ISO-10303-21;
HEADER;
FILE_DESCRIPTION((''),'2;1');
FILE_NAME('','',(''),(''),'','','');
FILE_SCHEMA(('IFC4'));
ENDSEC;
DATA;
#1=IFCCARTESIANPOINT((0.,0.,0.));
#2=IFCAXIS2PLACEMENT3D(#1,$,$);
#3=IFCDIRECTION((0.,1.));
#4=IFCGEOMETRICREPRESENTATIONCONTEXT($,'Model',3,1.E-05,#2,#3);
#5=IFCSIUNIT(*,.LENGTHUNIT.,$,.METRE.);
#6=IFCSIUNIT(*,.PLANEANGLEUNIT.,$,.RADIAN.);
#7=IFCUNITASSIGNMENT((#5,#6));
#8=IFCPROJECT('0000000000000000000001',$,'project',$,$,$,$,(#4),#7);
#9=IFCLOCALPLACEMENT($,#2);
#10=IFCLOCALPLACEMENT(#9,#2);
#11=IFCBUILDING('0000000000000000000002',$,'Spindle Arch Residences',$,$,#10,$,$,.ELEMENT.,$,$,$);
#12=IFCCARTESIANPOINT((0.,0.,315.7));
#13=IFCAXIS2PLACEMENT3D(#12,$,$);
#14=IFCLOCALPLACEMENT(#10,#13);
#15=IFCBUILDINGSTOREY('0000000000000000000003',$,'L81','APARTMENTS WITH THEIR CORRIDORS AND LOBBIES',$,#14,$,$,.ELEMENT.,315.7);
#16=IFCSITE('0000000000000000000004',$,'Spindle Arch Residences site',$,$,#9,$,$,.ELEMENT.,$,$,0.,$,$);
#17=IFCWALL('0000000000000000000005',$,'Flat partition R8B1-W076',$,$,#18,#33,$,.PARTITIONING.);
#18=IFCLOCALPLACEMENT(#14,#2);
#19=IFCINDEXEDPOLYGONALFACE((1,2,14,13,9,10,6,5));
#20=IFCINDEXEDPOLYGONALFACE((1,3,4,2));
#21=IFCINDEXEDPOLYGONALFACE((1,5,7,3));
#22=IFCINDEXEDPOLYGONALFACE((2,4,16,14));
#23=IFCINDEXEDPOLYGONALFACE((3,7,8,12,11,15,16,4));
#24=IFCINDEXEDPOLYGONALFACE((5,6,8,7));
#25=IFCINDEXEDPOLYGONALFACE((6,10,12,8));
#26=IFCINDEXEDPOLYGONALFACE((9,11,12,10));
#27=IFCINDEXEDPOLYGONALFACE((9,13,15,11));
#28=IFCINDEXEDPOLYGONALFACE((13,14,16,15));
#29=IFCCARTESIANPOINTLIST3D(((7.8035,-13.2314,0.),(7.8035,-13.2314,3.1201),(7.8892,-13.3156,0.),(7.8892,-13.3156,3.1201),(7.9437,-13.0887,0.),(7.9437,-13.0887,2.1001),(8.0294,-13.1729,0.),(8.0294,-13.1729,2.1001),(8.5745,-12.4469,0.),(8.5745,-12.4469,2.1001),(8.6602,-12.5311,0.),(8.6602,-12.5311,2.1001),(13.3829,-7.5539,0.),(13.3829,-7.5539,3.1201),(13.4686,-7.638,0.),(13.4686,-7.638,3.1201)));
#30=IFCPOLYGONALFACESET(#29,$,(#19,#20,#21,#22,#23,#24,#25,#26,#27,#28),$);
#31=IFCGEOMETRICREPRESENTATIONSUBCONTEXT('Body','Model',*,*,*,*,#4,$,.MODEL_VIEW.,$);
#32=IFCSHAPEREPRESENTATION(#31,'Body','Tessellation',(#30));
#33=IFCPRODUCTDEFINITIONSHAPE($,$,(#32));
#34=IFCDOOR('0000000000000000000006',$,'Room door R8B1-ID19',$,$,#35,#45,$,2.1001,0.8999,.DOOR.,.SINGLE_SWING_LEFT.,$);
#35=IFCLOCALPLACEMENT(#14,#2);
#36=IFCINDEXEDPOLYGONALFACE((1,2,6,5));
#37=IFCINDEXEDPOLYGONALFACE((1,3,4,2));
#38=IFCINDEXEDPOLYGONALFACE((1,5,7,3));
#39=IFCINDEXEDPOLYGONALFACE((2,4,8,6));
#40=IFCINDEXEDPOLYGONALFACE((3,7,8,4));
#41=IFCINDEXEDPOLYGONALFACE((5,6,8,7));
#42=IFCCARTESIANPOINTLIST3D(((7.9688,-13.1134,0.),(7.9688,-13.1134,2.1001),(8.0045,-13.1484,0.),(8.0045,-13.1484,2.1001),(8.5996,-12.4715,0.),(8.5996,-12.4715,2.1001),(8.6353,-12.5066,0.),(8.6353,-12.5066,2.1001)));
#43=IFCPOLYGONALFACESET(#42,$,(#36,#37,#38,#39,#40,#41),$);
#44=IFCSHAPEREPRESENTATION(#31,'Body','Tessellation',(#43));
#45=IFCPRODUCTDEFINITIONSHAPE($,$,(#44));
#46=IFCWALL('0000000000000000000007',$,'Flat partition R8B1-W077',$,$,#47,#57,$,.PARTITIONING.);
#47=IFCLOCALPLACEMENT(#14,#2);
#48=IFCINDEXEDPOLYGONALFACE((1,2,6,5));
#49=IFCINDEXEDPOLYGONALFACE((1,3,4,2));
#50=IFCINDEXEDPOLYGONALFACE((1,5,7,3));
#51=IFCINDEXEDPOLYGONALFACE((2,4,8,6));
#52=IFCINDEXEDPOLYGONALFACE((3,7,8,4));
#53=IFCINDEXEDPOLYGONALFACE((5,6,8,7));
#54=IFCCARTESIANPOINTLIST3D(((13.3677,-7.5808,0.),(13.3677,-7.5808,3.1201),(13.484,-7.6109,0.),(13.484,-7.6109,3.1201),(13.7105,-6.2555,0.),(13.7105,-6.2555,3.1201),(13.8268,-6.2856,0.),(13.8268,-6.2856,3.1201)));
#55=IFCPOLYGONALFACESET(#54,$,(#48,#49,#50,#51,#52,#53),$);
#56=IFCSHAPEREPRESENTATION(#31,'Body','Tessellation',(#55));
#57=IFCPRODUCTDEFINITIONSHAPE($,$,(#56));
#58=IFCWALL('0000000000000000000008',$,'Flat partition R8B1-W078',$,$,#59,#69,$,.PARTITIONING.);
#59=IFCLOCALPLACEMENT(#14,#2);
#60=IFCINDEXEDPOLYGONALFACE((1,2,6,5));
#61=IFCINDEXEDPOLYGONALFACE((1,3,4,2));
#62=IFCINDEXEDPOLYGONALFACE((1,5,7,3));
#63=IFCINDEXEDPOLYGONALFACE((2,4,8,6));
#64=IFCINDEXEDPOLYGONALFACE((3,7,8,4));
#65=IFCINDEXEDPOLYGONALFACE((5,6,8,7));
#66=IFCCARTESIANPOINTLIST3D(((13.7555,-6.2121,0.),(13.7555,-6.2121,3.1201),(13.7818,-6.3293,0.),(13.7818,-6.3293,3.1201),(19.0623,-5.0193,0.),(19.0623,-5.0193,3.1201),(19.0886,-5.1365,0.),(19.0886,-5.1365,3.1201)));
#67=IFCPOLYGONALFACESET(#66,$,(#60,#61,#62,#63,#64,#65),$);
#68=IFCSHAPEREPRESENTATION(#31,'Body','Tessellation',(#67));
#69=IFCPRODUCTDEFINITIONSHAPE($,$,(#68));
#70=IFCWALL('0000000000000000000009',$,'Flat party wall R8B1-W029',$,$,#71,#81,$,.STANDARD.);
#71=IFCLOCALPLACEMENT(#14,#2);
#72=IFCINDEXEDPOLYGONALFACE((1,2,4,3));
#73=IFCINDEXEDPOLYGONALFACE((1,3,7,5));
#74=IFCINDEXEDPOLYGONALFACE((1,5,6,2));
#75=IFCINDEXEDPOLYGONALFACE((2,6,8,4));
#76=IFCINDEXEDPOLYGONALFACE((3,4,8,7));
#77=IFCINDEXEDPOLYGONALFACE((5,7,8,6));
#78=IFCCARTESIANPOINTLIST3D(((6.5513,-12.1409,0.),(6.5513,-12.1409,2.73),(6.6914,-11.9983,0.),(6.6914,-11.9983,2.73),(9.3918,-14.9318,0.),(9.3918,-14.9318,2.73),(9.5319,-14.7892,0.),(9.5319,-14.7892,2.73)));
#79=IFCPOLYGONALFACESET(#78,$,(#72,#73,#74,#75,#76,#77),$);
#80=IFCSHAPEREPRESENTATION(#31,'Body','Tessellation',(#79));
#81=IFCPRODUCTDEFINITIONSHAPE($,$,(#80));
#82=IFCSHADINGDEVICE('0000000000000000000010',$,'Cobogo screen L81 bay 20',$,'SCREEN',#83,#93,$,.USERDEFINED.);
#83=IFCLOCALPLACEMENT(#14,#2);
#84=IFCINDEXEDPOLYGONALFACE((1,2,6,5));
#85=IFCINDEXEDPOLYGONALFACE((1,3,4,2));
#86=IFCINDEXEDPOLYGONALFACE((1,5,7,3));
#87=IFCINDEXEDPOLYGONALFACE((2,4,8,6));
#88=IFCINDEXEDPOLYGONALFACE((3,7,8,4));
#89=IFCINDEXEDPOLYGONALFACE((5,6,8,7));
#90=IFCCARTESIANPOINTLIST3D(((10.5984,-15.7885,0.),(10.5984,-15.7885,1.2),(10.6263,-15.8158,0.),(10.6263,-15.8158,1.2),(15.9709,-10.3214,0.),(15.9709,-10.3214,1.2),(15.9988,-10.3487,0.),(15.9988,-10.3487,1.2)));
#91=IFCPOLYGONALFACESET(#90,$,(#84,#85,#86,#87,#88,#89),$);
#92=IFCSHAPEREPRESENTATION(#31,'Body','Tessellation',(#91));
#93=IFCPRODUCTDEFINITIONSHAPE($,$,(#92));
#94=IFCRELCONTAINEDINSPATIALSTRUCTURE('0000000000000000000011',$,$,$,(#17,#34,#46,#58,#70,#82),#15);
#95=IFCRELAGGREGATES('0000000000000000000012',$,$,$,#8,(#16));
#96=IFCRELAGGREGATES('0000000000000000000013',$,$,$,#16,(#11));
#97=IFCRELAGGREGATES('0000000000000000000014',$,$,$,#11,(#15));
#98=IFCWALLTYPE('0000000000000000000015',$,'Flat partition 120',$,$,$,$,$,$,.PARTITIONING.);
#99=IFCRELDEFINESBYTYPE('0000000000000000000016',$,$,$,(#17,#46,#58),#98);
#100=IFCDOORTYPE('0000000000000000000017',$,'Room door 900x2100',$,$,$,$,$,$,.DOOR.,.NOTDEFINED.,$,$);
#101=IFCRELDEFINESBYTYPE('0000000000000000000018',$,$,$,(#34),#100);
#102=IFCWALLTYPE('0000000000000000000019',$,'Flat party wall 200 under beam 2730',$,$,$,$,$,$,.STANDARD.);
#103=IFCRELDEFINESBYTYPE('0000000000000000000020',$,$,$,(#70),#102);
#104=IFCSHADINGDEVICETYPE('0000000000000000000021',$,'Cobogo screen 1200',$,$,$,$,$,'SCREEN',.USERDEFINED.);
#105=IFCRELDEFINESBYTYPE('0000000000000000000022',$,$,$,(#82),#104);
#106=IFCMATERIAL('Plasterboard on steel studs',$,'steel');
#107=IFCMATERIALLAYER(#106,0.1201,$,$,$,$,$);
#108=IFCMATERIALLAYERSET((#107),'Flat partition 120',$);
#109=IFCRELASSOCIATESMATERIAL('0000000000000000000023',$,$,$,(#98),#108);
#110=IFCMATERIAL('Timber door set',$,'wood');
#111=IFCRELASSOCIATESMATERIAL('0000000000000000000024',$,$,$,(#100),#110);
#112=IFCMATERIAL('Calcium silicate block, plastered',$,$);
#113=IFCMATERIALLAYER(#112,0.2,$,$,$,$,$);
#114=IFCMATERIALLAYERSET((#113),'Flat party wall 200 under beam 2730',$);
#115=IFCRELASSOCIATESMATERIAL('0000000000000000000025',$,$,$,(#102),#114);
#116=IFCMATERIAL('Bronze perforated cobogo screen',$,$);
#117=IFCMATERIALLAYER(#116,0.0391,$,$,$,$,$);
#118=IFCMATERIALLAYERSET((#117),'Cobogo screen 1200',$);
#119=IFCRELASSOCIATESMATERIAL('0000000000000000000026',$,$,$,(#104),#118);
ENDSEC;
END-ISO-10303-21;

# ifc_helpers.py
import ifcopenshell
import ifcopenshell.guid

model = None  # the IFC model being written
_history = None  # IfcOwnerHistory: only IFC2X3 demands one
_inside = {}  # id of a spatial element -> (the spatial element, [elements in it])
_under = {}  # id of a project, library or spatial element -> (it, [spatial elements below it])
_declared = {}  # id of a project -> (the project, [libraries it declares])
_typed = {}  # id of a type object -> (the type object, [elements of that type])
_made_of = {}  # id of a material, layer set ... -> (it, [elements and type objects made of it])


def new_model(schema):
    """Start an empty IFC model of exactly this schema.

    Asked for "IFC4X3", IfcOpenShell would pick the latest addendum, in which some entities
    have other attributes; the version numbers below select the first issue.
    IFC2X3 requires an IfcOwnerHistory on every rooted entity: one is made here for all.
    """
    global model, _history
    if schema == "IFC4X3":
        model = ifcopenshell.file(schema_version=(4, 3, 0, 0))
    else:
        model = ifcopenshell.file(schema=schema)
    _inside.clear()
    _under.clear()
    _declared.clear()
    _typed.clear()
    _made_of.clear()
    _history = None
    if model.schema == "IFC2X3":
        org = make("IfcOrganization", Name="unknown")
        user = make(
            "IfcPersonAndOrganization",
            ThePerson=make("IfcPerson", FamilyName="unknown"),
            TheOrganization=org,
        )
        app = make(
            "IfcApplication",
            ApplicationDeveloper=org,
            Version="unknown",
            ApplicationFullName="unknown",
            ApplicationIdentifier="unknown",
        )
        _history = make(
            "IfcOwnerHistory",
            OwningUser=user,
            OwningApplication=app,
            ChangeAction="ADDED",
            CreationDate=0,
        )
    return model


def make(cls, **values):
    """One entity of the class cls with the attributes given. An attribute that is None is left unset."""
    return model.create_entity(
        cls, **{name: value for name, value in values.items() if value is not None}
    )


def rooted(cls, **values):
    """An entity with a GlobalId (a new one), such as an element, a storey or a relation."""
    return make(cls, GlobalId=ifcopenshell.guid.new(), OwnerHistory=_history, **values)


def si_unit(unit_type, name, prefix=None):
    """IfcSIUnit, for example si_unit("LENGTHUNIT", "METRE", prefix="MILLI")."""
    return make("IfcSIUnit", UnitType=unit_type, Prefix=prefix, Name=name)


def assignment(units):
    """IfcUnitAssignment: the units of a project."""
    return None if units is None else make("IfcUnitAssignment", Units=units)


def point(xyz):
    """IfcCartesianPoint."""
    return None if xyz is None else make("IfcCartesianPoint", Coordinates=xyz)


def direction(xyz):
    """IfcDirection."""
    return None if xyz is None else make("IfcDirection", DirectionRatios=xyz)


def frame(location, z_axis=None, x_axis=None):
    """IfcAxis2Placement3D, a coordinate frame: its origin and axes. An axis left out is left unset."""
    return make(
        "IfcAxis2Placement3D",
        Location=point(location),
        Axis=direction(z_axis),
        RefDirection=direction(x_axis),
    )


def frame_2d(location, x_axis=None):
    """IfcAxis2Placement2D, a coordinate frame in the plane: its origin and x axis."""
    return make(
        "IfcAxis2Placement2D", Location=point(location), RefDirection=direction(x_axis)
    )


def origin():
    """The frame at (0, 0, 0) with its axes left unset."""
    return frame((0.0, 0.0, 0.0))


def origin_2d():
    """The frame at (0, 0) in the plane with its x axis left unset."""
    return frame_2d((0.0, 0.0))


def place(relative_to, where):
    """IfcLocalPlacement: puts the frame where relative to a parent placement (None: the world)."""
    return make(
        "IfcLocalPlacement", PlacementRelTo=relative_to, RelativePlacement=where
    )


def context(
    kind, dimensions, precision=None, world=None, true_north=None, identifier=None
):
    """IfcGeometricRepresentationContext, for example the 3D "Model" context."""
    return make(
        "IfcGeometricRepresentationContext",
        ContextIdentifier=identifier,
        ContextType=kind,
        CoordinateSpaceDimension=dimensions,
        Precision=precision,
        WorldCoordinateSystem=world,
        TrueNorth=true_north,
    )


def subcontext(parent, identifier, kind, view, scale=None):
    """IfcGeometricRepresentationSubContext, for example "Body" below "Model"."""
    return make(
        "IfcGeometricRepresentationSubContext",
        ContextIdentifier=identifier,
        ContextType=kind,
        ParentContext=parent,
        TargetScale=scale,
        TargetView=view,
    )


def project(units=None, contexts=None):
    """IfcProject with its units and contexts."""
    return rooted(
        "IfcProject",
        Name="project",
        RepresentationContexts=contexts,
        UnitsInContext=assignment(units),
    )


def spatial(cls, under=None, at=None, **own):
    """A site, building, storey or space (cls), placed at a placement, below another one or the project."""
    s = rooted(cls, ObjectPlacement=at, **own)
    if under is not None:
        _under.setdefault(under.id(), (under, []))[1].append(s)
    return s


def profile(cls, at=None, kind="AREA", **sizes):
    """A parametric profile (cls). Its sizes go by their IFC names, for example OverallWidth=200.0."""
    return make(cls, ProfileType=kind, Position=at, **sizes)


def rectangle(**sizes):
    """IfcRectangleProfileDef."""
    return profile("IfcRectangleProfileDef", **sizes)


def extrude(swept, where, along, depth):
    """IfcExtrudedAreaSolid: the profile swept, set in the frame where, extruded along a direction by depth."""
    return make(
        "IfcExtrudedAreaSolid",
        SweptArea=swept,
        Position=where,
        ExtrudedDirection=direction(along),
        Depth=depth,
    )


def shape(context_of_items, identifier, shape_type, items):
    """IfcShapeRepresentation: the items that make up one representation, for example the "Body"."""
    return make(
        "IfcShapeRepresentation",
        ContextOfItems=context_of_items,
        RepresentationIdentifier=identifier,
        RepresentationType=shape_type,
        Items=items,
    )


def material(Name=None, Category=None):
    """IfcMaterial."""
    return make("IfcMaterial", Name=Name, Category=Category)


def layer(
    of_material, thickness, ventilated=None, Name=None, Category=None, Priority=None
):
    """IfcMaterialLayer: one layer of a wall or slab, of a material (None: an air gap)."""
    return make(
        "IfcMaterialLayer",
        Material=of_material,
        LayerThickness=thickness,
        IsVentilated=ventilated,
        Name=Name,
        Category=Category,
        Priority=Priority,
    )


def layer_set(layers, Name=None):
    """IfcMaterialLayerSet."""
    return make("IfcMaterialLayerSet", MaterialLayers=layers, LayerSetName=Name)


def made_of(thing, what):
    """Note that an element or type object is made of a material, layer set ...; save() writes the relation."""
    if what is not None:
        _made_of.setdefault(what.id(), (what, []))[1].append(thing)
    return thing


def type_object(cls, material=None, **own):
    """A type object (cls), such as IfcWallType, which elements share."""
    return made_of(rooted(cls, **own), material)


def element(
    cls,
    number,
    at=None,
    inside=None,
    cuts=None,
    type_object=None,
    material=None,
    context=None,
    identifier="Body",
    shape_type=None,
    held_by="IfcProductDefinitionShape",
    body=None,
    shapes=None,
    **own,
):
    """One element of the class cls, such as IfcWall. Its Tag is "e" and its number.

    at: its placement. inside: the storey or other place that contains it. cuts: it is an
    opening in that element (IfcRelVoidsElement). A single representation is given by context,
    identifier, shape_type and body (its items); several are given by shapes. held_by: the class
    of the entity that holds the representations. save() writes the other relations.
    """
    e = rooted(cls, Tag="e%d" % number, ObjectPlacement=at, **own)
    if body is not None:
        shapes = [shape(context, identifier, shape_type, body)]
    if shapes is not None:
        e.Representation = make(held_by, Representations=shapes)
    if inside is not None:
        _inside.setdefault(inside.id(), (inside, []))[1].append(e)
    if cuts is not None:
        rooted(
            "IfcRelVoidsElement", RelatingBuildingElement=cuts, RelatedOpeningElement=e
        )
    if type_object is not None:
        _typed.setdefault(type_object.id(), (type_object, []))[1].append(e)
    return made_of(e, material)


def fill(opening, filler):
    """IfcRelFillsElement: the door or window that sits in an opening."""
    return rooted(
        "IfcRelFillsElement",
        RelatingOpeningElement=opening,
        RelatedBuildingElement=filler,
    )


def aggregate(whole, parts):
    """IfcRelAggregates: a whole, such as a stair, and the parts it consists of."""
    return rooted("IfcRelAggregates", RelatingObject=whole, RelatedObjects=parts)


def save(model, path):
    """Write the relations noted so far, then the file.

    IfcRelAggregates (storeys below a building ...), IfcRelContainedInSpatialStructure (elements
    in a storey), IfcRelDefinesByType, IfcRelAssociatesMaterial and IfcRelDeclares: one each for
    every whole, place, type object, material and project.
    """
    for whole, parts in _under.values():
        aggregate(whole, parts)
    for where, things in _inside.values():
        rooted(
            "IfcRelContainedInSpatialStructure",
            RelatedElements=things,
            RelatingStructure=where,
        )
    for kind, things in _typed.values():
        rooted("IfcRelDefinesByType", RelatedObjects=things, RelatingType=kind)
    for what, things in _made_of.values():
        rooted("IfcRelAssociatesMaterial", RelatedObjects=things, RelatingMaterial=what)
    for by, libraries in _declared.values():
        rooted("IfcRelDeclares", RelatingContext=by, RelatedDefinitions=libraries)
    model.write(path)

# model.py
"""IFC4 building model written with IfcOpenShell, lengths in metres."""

from ifc_helpers import new_model, si_unit, direction, frame, frame_2d, origin, origin_2d, place, context, subcontext, project, spatial, rectangle, extrude, material, layer, layer_set, type_object, element, fill, save


model = new_model("IFC4")

# Units and contexts
model_context = context("Model", 3, precision=1e-05, world=origin(), true_north=direction((0.0, 1.0)))
body_context = subcontext(model_context, "Body", "Model", "MODEL_VIEW")
ifc_project = project(units=[si_unit("LENGTHUNIT", "METRE"), si_unit("PLANEANGLEUNIT", "RADIAN")], contexts=[model_context])

# Site, building, storey
site_placement = place(None, origin())
site = spatial("IfcSite", under=ifc_project, at=site_placement, Name="Spindle Arch Residences site", CompositionType="ELEMENT", RefElevation=0.0)
building_placement = place(site_placement, origin())
building = spatial("IfcBuilding", under=site, at=building_placement, Name="Spindle Arch Residences", CompositionType="ELEMENT")
storey_placement = place(building_placement, frame((0.0, 0.0, 315.7)))
storey = spatial("IfcBuildingStorey", under=building, at=storey_placement, Name="L81", Description="APARTMENTS WITH THEIR CORRIDORS AND LOBBIES", CompositionType="ELEMENT", Elevation=315.7)

# Wall, opening, door
ifc_material_1 = material(Name="Plasterboard on steel studs", Category="steel")
ifc_layer_1 = layer(ifc_material_1, 0.1201)
ifc_layer_set_1 = layer_set([ifc_layer_1], Name="Flat partition 120")
wall_type_1 = type_object("IfcWallType", Name="Flat partition 120", PredefinedType="PARTITIONING", material=ifc_layer_set_1)
wall_1_placement = place(storey_placement, frame((7.8464, -13.2734, 0.0), z_axis=(0.0, 0.0, 1.0), x_axis=(0.700915, 0.713245, 0.0)))
wall_1 = element("IfcWall", 1, at=wall_1_placement, inside=storey, type_object=wall_type_1, Name="Flat partition R8B1-W076", PredefinedType="PARTITIONING", context=body_context, shape_type="SweptSolid", body=[
    extrude(rectangle(XDim=7.9602, YDim=0.1201, at=frame_2d((3.98, 0.0))), origin(), (0.0, 0.0, 1.0), 3.1201),
])
opening_1_placement = place(wall_1_placement, frame((0.2, 0.0, 0.0)))
opening_1 = element("IfcOpeningElement", 2, at=opening_1_placement, cuts=wall_1, PredefinedType="OPENING", context=body_context, shape_type="SweptSolid", body=[
    extrude(rectangle(XDim=0.8999, YDim=2.1001, at=frame_2d((0.45, 1.05))), frame((0.0, 0.0701, 0.0), z_axis=(0.0, -1.0, 0.0), x_axis=(1.0, 0.0, 0.0)), (0.0, 0.0, 1.0), 0.1401),
])
ifc_material_2 = material(Name="Timber door set", Category="wood")
door_type_1 = type_object("IfcDoorType", Name="Room door 900x2100", OperationType="NOTDEFINED", PredefinedType="DOOR", material=ifc_material_2)
door_1_placement = place(opening_1_placement, origin())
door_1 = element("IfcDoor", 3, at=door_1_placement, inside=storey, type_object=door_type_1, Name="Room door R8B1-ID19", OperationType="SINGLE_SWING_LEFT", OverallHeight=2.1001, OverallWidth=0.8999, PredefinedType="DOOR", context=body_context, shape_type="SweptSolid", body=[
    extrude(rectangle(XDim=0.8999, YDim=2.1001, at=frame_2d((0.45, 1.05))), frame((0.0, 0.0249, 0.0), z_axis=(0.0, -1.0, 0.0), x_axis=(1.0, 0.0, 0.0)), (0.0, 0.0, 1.0), 0.05),
])
fill(opening_1, door_1)

# Walls
wall_2_placement = place(storey_placement, frame((13.4258, -7.5959, 0.0), z_axis=(0.0, 0.0, 1.0), x_axis=(0.250417, 0.968138, 0.0)))
element("IfcWall", 4, at=wall_2_placement, inside=storey, type_object=wall_type_1, Name="Flat partition R8B1-W077", PredefinedType="PARTITIONING", context=body_context, shape_type="SweptSolid", body=[
    extrude(rectangle(XDim=1.3689, YDim=0.1201, at=frame_2d((0.6846, 0.0))), origin(), (0.0, 0.0, 1.0), 3.1201),
])
wall_3_placement = place(storey_placement, frame((13.7686, -6.2708, 0.0), z_axis=(0.0, 0.0, 1.0), x_axis=(0.975656, 0.219306, 0.0)))
element("IfcWall", 5, at=wall_3_placement, inside=storey, type_object=wall_type_1, Name="Flat partition R8B1-W078", PredefinedType="PARTITIONING", context=body_context, shape_type="SweptSolid", body=[
    extrude(rectangle(XDim=5.4392, YDim=0.1201, at=frame_2d((2.7197, 0.0))), origin(), (0.0, 0.0, 1.0), 3.1201),
])
ifc_material_3 = material(Name="Calcium silicate block, plastered")
ifc_layer_2 = layer(ifc_material_3, 0.2)
ifc_layer_set_2 = layer_set([ifc_layer_2], Name="Flat party wall 200 under beam 2730")
wall_type_2 = type_object("IfcWallType", Name="Flat party wall 200 under beam 2730", PredefinedType="STANDARD", material=ifc_layer_set_2)
wall_4_placement = place(storey_placement, frame((9.4619, -14.8606, 0.0), z_axis=(0.0, 0.0, 1.0), x_axis=(-0.713302, 0.700857, 0.0)))
element("IfcWall", 6, at=wall_4_placement, inside=storey, type_object=wall_type_2, Name="Flat party wall R8B1-W029", PredefinedType="STANDARD", context=body_context, shape_type="SweptSolid", body=[
    extrude(rectangle(XDim=3.9822, YDim=0.2, at=frame_2d((1.9912, 0.0))), origin(), (0.0, 0.0, 1.0), 2.73),
])

# Shading device
ifc_material_4 = material(Name="Bronze perforated cobogo screen")
ifc_layer_3 = layer(ifc_material_4, 0.0391)
ifc_layer_set_3 = layer_set([ifc_layer_3], Name="Cobogo screen 1200")
shading_device_type = type_object("IfcShadingDeviceType", Name="Cobogo screen 1200", ElementType="SCREEN", PredefinedType="USERDEFINED", material=ifc_layer_set_3)
shading_device_placement = place(storey_placement, frame((13.2986, -13.0686, 0.0), z_axis=(0.0, 0.0, 1.0), x_axis=(0.700909, 0.71325, 0.0)))
element("IfcShadingDevice", 7, at=shading_device_placement, inside=storey, type_object=shading_device_type, Name="Cobogo screen L81 bay 20", ObjectType="SCREEN", PredefinedType="USERDEFINED", context=body_context, shape_type="SweptSolid", body=[
    extrude(rectangle(XDim=7.665, YDim=0.0391, at=origin_2d()), origin(), (0.0, 0.0, 1.0), 1.2),
])

save(model, "model.ifc")
